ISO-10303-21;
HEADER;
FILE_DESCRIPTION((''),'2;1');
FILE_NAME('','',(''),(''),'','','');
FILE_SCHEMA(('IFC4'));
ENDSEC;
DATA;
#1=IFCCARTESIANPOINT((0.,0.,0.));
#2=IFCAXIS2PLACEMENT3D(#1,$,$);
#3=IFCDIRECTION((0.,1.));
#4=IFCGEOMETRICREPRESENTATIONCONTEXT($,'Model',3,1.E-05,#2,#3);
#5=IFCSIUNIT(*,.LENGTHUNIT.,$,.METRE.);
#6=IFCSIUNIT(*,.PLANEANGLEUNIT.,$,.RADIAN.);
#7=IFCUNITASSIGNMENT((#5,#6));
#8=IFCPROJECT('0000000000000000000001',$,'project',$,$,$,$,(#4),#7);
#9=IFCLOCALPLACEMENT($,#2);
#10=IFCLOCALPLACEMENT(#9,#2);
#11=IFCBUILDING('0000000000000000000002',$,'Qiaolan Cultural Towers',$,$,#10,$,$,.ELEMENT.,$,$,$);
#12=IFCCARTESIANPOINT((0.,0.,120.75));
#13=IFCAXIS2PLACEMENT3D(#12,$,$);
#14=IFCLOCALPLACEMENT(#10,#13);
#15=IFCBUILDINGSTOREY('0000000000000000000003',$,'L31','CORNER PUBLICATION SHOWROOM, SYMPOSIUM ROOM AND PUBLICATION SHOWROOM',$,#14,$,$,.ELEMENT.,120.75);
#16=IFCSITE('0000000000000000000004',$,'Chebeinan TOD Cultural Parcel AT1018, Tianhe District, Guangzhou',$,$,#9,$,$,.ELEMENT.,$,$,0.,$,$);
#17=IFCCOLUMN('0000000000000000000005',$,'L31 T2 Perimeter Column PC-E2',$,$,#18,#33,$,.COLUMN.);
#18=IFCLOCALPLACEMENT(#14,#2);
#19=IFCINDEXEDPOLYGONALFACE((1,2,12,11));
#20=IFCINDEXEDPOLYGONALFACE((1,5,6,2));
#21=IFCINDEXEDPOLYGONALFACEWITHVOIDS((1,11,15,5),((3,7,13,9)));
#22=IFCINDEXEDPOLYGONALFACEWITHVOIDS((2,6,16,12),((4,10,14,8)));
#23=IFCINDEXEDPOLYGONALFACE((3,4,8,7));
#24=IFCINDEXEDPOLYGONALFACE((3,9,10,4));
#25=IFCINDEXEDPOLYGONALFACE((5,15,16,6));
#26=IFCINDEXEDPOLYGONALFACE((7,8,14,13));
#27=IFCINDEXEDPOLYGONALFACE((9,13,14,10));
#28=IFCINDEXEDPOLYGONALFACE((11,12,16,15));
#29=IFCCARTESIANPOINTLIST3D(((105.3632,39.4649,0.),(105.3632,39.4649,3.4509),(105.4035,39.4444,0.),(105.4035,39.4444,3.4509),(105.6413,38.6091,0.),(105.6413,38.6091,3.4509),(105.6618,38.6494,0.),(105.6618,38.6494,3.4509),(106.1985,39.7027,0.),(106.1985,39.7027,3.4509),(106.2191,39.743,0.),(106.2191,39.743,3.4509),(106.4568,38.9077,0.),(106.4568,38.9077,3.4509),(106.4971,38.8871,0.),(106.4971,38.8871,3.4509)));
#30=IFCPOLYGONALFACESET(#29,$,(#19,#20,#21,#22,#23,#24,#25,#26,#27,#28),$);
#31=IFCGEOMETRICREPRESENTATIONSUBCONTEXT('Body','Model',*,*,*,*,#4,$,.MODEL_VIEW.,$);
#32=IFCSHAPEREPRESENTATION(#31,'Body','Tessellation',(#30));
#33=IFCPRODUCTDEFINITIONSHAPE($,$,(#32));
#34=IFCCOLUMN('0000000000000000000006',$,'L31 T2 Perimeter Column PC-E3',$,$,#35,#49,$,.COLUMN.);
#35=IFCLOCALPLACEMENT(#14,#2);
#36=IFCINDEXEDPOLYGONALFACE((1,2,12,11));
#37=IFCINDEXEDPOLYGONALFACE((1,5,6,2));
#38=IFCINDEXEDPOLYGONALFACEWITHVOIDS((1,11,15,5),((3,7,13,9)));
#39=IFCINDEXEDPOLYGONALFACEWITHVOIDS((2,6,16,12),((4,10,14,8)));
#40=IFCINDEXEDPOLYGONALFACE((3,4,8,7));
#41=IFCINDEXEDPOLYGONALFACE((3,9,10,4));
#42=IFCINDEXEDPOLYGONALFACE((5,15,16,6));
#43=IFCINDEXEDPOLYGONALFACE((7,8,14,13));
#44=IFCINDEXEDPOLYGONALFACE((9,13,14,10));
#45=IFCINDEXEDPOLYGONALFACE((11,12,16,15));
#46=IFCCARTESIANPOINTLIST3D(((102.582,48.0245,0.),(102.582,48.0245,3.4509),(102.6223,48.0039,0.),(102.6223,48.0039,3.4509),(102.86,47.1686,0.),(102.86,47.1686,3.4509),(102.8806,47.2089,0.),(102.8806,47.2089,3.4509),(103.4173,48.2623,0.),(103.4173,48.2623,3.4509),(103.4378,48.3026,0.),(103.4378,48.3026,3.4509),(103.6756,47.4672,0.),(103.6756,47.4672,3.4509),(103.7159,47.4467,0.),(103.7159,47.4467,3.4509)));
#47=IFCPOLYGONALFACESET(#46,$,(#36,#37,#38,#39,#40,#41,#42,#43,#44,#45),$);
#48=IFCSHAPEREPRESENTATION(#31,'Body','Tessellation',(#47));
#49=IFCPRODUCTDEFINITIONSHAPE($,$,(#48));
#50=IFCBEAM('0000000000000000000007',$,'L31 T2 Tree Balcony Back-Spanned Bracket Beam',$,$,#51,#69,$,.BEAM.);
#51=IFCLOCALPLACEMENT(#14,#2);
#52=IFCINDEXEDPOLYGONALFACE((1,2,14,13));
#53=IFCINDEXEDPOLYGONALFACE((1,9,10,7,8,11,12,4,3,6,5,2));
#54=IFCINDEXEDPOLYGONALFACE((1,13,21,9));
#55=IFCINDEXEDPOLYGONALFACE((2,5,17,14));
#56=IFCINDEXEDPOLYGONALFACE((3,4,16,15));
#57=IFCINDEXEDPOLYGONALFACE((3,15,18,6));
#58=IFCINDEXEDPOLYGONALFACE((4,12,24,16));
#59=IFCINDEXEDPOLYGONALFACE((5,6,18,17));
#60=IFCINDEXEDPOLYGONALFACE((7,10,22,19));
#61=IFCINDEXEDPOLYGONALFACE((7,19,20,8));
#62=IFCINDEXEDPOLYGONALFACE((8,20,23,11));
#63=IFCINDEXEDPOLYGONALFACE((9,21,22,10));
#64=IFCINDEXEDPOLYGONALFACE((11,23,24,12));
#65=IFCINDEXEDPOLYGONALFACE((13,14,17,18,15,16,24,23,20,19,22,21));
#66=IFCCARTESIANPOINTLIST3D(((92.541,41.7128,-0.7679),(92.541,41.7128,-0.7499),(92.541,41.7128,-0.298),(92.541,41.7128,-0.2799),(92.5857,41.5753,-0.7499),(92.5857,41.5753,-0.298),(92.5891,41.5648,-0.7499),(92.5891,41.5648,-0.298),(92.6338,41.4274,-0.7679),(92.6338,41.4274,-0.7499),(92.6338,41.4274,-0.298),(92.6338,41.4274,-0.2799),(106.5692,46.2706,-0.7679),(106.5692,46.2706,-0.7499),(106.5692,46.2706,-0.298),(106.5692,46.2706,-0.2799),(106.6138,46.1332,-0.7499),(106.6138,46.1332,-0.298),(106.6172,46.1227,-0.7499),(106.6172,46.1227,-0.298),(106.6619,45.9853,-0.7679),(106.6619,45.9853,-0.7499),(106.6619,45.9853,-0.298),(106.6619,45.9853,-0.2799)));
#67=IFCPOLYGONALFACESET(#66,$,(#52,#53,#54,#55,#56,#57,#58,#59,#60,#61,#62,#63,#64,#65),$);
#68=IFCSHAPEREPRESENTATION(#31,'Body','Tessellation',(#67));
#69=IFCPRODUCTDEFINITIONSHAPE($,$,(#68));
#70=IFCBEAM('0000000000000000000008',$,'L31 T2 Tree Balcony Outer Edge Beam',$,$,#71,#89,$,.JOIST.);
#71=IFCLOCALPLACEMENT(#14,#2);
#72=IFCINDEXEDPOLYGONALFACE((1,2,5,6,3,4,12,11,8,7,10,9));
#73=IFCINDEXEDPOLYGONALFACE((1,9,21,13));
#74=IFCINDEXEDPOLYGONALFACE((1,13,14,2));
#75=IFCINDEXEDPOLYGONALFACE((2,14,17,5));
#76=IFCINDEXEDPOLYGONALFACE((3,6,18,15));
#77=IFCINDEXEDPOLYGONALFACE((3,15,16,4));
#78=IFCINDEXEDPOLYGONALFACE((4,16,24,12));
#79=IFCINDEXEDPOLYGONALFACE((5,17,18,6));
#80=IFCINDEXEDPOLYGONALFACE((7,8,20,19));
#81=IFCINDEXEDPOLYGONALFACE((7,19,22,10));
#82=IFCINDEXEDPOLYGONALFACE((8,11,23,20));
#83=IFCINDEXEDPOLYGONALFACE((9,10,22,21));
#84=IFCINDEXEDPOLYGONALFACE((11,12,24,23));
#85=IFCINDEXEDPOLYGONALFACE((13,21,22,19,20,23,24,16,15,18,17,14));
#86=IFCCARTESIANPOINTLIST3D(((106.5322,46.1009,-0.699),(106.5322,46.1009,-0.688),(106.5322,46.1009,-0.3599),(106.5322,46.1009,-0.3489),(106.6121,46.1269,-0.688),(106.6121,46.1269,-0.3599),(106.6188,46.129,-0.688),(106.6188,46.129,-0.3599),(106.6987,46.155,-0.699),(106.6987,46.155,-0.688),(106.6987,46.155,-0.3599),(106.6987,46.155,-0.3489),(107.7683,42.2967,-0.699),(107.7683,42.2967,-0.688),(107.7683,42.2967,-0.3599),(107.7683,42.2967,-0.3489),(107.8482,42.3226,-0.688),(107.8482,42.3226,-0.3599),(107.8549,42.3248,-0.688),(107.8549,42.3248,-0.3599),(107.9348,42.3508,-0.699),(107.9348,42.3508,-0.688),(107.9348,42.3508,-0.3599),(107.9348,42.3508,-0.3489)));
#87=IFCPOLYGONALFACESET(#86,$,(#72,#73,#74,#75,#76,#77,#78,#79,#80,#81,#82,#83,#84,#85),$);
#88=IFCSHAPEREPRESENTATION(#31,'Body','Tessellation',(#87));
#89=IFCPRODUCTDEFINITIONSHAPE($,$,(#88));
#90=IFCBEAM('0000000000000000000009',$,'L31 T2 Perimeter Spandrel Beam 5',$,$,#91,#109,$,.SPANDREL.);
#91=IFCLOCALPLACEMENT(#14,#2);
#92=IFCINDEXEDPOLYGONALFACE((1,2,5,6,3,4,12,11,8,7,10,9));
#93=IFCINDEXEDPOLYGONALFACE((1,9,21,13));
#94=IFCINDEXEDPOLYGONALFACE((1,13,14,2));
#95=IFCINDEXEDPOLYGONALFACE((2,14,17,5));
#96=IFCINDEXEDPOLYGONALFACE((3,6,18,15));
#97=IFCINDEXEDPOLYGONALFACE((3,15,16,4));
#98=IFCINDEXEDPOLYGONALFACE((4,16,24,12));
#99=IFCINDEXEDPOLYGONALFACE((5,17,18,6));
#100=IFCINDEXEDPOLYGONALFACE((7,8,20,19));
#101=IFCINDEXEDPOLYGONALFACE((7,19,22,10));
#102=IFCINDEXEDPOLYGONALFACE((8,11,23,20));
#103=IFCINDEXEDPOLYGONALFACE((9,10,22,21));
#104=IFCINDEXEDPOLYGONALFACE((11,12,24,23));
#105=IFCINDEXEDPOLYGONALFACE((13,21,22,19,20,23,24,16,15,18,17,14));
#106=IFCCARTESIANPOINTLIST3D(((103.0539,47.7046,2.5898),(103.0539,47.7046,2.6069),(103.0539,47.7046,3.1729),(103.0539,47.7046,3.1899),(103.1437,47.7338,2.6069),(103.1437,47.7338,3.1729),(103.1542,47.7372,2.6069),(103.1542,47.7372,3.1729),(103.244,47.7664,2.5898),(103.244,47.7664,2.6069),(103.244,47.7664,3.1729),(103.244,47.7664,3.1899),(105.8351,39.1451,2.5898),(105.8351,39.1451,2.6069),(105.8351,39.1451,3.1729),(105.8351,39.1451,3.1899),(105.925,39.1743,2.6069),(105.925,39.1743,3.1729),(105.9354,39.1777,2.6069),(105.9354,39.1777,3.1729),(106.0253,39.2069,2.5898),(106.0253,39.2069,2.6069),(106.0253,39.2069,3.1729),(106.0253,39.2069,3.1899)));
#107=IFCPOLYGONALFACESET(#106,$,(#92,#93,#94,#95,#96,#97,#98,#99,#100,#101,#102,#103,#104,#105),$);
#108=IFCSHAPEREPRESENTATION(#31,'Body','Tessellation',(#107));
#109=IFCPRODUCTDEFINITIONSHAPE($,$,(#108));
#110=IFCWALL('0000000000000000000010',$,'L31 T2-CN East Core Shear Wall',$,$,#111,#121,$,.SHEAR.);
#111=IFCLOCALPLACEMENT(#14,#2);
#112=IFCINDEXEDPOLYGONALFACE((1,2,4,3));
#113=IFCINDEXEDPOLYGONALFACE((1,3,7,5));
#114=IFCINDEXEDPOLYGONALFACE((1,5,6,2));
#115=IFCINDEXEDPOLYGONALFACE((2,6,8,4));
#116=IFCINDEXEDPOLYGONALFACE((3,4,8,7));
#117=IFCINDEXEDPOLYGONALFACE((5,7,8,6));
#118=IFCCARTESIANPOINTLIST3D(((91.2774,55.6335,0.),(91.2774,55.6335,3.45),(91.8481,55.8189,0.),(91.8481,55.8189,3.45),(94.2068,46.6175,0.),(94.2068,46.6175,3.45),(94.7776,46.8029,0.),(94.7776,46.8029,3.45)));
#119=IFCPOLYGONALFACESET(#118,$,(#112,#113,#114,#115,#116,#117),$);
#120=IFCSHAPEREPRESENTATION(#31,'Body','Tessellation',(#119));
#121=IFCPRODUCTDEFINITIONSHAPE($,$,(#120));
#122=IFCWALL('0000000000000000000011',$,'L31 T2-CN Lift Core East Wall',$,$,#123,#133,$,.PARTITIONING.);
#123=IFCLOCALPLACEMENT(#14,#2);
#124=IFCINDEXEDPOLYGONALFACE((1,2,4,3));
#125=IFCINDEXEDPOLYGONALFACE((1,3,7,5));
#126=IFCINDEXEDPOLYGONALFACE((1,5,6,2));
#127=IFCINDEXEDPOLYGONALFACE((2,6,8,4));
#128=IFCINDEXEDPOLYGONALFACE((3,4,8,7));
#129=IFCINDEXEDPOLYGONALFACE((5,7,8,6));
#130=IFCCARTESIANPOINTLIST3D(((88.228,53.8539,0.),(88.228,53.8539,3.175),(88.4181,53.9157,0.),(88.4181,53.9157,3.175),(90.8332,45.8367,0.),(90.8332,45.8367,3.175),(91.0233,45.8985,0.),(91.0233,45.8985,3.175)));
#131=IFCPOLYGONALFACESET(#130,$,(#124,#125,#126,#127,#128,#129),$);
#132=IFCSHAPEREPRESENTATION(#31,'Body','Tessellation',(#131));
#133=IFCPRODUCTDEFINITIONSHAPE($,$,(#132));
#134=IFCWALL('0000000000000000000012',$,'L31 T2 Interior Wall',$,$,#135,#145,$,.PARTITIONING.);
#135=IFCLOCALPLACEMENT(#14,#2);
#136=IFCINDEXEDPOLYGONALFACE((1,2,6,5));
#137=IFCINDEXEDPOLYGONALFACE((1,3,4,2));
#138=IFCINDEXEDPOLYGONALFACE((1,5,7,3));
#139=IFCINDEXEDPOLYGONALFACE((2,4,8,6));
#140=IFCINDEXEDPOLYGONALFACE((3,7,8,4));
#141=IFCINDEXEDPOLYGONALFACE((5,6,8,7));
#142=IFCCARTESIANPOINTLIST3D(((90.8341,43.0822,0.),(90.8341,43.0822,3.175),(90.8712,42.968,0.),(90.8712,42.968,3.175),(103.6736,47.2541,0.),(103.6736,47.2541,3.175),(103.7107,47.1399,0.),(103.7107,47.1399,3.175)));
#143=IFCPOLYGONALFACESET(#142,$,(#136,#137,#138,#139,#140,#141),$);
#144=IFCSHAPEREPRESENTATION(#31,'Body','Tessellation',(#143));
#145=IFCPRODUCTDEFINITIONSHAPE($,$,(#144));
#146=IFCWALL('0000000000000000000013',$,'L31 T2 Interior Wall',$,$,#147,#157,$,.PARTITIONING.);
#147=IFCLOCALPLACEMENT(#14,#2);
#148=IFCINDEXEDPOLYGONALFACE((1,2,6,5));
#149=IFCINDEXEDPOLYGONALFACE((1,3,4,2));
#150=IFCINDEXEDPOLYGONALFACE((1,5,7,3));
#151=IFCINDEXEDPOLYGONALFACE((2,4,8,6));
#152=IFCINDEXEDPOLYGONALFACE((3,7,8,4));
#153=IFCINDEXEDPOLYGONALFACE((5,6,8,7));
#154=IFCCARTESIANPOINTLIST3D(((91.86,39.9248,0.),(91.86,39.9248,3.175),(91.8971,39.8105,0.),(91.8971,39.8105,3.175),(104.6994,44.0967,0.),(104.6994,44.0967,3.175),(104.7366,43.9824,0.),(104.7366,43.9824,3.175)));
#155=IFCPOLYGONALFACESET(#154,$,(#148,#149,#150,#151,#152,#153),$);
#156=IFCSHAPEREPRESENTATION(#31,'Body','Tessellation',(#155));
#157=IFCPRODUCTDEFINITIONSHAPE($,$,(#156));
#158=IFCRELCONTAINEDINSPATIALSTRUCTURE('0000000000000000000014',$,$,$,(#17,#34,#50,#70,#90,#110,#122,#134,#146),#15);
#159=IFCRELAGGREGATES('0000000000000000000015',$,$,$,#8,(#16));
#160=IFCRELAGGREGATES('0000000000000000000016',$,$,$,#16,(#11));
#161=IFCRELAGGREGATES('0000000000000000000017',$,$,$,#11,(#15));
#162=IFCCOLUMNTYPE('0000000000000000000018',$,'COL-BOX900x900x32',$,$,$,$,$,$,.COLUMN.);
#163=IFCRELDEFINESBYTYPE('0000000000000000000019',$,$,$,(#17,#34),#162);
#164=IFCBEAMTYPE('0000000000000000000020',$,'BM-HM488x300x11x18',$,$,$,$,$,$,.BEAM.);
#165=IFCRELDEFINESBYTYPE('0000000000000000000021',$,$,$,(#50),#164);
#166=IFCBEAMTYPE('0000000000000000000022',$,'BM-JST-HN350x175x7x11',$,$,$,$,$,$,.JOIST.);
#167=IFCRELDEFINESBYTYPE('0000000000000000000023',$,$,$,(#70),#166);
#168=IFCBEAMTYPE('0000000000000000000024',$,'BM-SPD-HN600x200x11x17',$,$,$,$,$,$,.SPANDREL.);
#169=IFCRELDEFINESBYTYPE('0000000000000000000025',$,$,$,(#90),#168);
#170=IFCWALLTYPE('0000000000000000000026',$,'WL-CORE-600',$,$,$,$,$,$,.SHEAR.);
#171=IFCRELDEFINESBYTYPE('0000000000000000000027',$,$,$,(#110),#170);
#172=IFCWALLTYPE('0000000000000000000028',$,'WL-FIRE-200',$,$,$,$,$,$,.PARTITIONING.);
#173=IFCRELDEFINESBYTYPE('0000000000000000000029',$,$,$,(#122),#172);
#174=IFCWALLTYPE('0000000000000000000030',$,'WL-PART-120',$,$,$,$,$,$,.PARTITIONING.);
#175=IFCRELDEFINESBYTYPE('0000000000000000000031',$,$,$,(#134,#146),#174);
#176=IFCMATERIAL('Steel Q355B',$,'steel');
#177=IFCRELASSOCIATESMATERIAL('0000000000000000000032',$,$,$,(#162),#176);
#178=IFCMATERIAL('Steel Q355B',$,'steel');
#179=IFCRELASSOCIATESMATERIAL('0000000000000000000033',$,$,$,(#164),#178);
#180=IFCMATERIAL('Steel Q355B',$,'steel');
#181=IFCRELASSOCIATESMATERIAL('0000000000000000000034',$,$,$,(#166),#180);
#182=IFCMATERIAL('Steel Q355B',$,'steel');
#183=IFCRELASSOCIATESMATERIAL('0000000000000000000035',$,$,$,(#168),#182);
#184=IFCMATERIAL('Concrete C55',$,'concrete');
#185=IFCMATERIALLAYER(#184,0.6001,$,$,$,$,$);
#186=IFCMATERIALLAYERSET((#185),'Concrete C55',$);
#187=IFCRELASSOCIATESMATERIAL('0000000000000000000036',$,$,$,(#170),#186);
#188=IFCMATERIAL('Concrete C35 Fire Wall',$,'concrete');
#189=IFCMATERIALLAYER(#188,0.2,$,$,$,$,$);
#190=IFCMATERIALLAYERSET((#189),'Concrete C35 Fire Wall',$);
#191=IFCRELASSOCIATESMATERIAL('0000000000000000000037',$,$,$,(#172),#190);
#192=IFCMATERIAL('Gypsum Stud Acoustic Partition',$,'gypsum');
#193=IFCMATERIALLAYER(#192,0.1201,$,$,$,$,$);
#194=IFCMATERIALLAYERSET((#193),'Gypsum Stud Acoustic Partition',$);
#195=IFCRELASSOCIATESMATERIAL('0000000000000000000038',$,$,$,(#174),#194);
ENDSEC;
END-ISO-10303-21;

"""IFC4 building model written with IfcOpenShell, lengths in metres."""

from ifc_helpers import new_model, si_unit, direction, frame, frame_2d, origin, origin_2d, place, context, subcontext, project, spatial, rectangle, hollow_rectangle, i_section, extrude, material, layer, layer_set, material_profile, profile_set, type_object, element, save


model = new_model("IFC4")

# Units and contexts
model_context = context("Model", 3, precision=1e-05, world=origin(), true_north=direction((0.0, 1.0)))
body_context = subcontext(model_context, "Body", "Model", "MODEL_VIEW")
ifc_project = project(units=[si_unit("LENGTHUNIT", "METRE"), si_unit("PLANEANGLEUNIT", "RADIAN")], contexts=[model_context])

# Site, building, storey
site_placement = place(None, origin())
site = spatial("IfcSite", under=ifc_project, at=site_placement, Name="Chebeinan TOD Cultural Parcel AT1018, Tianhe District, Guangzhou", CompositionType="ELEMENT", RefElevation=0.0)
building_placement = place(site_placement, origin())
building = spatial("IfcBuilding", under=site, at=building_placement, Name="Qiaolan Cultural Towers", CompositionType="ELEMENT")
storey_placement = place(building_placement, frame((0.0, 0.0, 120.75)))
storey = spatial("IfcBuildingStorey", under=building, at=storey_placement, Name="L31", Description="CORNER PUBLICATION SHOWROOM, SYMPOSIUM ROOM AND PUBLICATION SHOWROOM", CompositionType="ELEMENT", Elevation=120.75)

# Columns
ifc_material_1 = material(Name="Steel Q355B", Category="steel")
ifc_material_profile_1 = material_profile(ifc_material_1, hollow_rectangle(XDim=0.8999, YDim=0.8999, WallThickness=0.032, at=origin_2d()), Name="BOX900x900x32")
ifc_profile_set_1 = profile_set([ifc_material_profile_1], Name="Steel Q355B")
column_type = type_object("IfcColumnType", Name="COL-BOX900x900x32", PredefinedType="COLUMN", material=ifc_profile_set_1)
for number, where, z_axis, x_axis, name in (
    (1, (105.9302, 39.176, 0.0), (0.0, 0.0, 1.0), (0.951057, 0.309017, 0.0), "L31 T2 Perimeter Column PC-E2"),
    (2, (103.1489, 47.7356, 0.0), (0.0, 0.0, 1.0), (0.951057, 0.309017, 0.0), "L31 T2 Perimeter Column PC-E3"),
):
    element("IfcColumn", number, at=place(storey_placement, frame(where, z_axis=z_axis, x_axis=x_axis)), inside=storey, type_object=column_type, Name=name, PredefinedType="COLUMN", context=body_context, shape_type="SweptSolid", body=[
        extrude(hollow_rectangle(XDim=0.8999, YDim=0.8999, WallThickness=0.032, at=origin_2d()), origin(), (0.0, 0.0, 1.0), 3.4509),
    ])

# Beams
ifc_material_2 = material(Name="Steel Q355B", Category="steel")
ifc_material_profile_2 = material_profile(ifc_material_2, i_section(OverallWidth=0.3, OverallDepth=0.488, WebThickness=0.011, FlangeThickness=0.0181, at=origin_2d()), Name="HM488x300x11x18")
ifc_profile_set_2 = profile_set([ifc_material_profile_2], Name="Steel Q355B")
beam_type_1 = type_object("IfcBeamType", Name="BM-HM488x300x11x18", PredefinedType="BEAM", material=ifc_profile_set_2)
beam_1_placement = place(storey_placement, frame((92.5874, 41.5701, -0.5239), z_axis=(0.951059, 0.309009, 0.0), x_axis=(-0.309009, 0.951059, 0.0)))
element("IfcBeam", 3, at=beam_1_placement, inside=storey, type_object=beam_type_1, Name="L31 T2 Tree Balcony Back-Spanned Bracket Beam", PredefinedType="BEAM", context=body_context, shape_type="SweptSolid", body=[
    extrude(i_section(OverallWidth=0.3, OverallDepth=0.488, WebThickness=0.011, FlangeThickness=0.0181, at=origin_2d()), origin(), (0.0, 0.0, 1.0), 14.75),
])
ifc_material_3 = material(Name="Steel Q355B", Category="steel")
ifc_material_profile_3 = material_profile(ifc_material_3, i_section(OverallWidth=0.175, OverallDepth=0.3501, WebThickness=0.0071, FlangeThickness=0.011, at=origin_2d()), Name="HN350x175x7x11")
ifc_profile_set_3 = profile_set([ifc_material_profile_3], Name="Steel Q355B")
beam_type_2 = type_object("IfcBeamType", Name="BM-JST-HN350x175x7x11", PredefinedType="JOIST", material=ifc_profile_set_3)
beam_2_placement = place(storey_placement, frame((107.8516, 42.3237, -0.5239), z_axis=(-0.309023, 0.951055, 0.0), x_axis=(-0.951055, -0.309023, 0.0)))
element("IfcBeam", 4, at=beam_2_placement, inside=storey, type_object=beam_type_2, Name="L31 T2 Tree Balcony Outer Edge Beam", PredefinedType="JOIST", context=body_context, shape_type="SweptSolid", body=[
    extrude(i_section(OverallWidth=0.175, OverallDepth=0.3501, WebThickness=0.0071, FlangeThickness=0.011, at=origin_2d()), origin(), (0.0, 0.0, 1.0), 4.0),
])
ifc_material_4 = material(Name="Steel Q355B", Category="steel")
ifc_material_profile_4 = material_profile(ifc_material_4, i_section(OverallWidth=0.2, OverallDepth=0.6001, WebThickness=0.011, FlangeThickness=0.0171, at=origin_2d()), Name="HN600x200x11x17")
ifc_profile_set_4 = profile_set([ifc_material_profile_4], Name="Steel Q355B")
beam_type_3 = type_object("IfcBeamType", Name="BM-SPD-HN600x200x11x17", PredefinedType="SPANDREL", material=ifc_profile_set_4)
beam_3_placement = place(storey_placement, frame((105.9302, 39.176, 2.8899), z_axis=(-0.309025, 0.951054, 0.0), x_axis=(-0.951054, -0.309025, 0.0)))
element("IfcBeam", 5, at=beam_3_placement, inside=storey, type_object=beam_type_3, Name="L31 T2 Perimeter Spandrel Beam 5", PredefinedType="SPANDREL", context=body_context, shape_type="SweptSolid", body=[
    extrude(i_section(OverallWidth=0.2, OverallDepth=0.6001, WebThickness=0.011, FlangeThickness=0.0171, at=origin_2d()), origin(), (0.0, 0.0, 1.0), 9.0),
])

# Walls
ifc_material_5 = material(Name="Concrete C55", Category="concrete")
ifc_layer_1 = layer(ifc_material_5, 0.6001)
ifc_layer_set_1 = layer_set([ifc_layer_1], Name="Concrete C55")
wall_type_1 = type_object("IfcWallType", Name="WL-CORE-600", PredefinedType="SHEAR", material=ifc_layer_set_1)
wall_1_placement = place(storey_placement, frame((94.4922, 46.7102, 0.0), z_axis=(0.0, 0.0, 1.0), x_axis=(-0.30901, 0.951059, 0.0)))
element("IfcWall", 6, at=wall_1_placement, inside=storey, type_object=wall_type_1, Name="L31 T2-CN East Core Shear Wall", PredefinedType="SHEAR", context=body_context, shape_type="SweptSolid", body=[
    extrude(rectangle(XDim=9.48, YDim=0.6001, at=frame_2d((4.74, 0.0))), origin(), (0.0, 0.0, 1.0), 3.45),
])
ifc_material_6 = material(Name="Concrete C35 Fire Wall", Category="concrete")
ifc_layer_2 = layer(ifc_material_6, 0.2)
ifc_layer_set_2 = layer_set([ifc_layer_2], Name="Concrete C35 Fire Wall")
wall_type_2 = type_object("IfcWallType", Name="WL-FIRE-200", PredefinedType="PARTITIONING", material=ifc_layer_set_2)
wall_2_placement = place(storey_placement, frame((90.9282, 45.8677, 0.0), z_axis=(0.0, 0.0, 1.0), x_axis=(-0.309042, 0.951048, 0.0)))
element("IfcWall", 7, at=wall_2_placement, inside=storey, type_object=wall_type_2, Name="L31 T2-CN Lift Core East Wall", PredefinedType="PARTITIONING", context=body_context, shape_type="SweptSolid", body=[
    extrude(rectangle(XDim=8.4299, YDim=0.2, at=frame_2d((4.2148, 0.0))), origin(), (0.0, 0.0, 1.0), 3.175),
])
ifc_material_7 = material(Name="Gypsum Stud Acoustic Partition", Category="gypsum")
ifc_layer_3 = layer(ifc_material_7, 0.1201)
ifc_layer_set_3 = layer_set([ifc_layer_3], Name="Gypsum Stud Acoustic Partition")
wall_type_3 = type_object("IfcWallType", Name="WL-PART-120", PredefinedType="PARTITIONING", material=ifc_layer_set_3)
for number, where, z_axis, x_axis, name in (
    (8, (90.8528, 43.0251, 0.0), (0.0, 0.0, 1.0), (0.951054, 0.309025, 0.0), "L31 T2 Interior Wall"),
    (9, (91.8787, 39.8677, 0.0), (0.0, 0.0, 1.0), (0.951054, 0.309025, 0.0), "L31 T2 Interior Wall"),
):
    element("IfcWall", number, at=place(storey_placement, frame(where, z_axis=z_axis, x_axis=x_axis)), inside=storey, type_object=wall_type_3, Name=name, PredefinedType="PARTITIONING", context=body_context, shape_type="SweptSolid", body=[
        extrude(rectangle(XDim=13.5002, YDim=0.1201, at=frame_2d((6.75, 0.0))), origin(), (0.0, 0.0, 1.0), 3.175),
    ])

save(model, "model.ifc")
